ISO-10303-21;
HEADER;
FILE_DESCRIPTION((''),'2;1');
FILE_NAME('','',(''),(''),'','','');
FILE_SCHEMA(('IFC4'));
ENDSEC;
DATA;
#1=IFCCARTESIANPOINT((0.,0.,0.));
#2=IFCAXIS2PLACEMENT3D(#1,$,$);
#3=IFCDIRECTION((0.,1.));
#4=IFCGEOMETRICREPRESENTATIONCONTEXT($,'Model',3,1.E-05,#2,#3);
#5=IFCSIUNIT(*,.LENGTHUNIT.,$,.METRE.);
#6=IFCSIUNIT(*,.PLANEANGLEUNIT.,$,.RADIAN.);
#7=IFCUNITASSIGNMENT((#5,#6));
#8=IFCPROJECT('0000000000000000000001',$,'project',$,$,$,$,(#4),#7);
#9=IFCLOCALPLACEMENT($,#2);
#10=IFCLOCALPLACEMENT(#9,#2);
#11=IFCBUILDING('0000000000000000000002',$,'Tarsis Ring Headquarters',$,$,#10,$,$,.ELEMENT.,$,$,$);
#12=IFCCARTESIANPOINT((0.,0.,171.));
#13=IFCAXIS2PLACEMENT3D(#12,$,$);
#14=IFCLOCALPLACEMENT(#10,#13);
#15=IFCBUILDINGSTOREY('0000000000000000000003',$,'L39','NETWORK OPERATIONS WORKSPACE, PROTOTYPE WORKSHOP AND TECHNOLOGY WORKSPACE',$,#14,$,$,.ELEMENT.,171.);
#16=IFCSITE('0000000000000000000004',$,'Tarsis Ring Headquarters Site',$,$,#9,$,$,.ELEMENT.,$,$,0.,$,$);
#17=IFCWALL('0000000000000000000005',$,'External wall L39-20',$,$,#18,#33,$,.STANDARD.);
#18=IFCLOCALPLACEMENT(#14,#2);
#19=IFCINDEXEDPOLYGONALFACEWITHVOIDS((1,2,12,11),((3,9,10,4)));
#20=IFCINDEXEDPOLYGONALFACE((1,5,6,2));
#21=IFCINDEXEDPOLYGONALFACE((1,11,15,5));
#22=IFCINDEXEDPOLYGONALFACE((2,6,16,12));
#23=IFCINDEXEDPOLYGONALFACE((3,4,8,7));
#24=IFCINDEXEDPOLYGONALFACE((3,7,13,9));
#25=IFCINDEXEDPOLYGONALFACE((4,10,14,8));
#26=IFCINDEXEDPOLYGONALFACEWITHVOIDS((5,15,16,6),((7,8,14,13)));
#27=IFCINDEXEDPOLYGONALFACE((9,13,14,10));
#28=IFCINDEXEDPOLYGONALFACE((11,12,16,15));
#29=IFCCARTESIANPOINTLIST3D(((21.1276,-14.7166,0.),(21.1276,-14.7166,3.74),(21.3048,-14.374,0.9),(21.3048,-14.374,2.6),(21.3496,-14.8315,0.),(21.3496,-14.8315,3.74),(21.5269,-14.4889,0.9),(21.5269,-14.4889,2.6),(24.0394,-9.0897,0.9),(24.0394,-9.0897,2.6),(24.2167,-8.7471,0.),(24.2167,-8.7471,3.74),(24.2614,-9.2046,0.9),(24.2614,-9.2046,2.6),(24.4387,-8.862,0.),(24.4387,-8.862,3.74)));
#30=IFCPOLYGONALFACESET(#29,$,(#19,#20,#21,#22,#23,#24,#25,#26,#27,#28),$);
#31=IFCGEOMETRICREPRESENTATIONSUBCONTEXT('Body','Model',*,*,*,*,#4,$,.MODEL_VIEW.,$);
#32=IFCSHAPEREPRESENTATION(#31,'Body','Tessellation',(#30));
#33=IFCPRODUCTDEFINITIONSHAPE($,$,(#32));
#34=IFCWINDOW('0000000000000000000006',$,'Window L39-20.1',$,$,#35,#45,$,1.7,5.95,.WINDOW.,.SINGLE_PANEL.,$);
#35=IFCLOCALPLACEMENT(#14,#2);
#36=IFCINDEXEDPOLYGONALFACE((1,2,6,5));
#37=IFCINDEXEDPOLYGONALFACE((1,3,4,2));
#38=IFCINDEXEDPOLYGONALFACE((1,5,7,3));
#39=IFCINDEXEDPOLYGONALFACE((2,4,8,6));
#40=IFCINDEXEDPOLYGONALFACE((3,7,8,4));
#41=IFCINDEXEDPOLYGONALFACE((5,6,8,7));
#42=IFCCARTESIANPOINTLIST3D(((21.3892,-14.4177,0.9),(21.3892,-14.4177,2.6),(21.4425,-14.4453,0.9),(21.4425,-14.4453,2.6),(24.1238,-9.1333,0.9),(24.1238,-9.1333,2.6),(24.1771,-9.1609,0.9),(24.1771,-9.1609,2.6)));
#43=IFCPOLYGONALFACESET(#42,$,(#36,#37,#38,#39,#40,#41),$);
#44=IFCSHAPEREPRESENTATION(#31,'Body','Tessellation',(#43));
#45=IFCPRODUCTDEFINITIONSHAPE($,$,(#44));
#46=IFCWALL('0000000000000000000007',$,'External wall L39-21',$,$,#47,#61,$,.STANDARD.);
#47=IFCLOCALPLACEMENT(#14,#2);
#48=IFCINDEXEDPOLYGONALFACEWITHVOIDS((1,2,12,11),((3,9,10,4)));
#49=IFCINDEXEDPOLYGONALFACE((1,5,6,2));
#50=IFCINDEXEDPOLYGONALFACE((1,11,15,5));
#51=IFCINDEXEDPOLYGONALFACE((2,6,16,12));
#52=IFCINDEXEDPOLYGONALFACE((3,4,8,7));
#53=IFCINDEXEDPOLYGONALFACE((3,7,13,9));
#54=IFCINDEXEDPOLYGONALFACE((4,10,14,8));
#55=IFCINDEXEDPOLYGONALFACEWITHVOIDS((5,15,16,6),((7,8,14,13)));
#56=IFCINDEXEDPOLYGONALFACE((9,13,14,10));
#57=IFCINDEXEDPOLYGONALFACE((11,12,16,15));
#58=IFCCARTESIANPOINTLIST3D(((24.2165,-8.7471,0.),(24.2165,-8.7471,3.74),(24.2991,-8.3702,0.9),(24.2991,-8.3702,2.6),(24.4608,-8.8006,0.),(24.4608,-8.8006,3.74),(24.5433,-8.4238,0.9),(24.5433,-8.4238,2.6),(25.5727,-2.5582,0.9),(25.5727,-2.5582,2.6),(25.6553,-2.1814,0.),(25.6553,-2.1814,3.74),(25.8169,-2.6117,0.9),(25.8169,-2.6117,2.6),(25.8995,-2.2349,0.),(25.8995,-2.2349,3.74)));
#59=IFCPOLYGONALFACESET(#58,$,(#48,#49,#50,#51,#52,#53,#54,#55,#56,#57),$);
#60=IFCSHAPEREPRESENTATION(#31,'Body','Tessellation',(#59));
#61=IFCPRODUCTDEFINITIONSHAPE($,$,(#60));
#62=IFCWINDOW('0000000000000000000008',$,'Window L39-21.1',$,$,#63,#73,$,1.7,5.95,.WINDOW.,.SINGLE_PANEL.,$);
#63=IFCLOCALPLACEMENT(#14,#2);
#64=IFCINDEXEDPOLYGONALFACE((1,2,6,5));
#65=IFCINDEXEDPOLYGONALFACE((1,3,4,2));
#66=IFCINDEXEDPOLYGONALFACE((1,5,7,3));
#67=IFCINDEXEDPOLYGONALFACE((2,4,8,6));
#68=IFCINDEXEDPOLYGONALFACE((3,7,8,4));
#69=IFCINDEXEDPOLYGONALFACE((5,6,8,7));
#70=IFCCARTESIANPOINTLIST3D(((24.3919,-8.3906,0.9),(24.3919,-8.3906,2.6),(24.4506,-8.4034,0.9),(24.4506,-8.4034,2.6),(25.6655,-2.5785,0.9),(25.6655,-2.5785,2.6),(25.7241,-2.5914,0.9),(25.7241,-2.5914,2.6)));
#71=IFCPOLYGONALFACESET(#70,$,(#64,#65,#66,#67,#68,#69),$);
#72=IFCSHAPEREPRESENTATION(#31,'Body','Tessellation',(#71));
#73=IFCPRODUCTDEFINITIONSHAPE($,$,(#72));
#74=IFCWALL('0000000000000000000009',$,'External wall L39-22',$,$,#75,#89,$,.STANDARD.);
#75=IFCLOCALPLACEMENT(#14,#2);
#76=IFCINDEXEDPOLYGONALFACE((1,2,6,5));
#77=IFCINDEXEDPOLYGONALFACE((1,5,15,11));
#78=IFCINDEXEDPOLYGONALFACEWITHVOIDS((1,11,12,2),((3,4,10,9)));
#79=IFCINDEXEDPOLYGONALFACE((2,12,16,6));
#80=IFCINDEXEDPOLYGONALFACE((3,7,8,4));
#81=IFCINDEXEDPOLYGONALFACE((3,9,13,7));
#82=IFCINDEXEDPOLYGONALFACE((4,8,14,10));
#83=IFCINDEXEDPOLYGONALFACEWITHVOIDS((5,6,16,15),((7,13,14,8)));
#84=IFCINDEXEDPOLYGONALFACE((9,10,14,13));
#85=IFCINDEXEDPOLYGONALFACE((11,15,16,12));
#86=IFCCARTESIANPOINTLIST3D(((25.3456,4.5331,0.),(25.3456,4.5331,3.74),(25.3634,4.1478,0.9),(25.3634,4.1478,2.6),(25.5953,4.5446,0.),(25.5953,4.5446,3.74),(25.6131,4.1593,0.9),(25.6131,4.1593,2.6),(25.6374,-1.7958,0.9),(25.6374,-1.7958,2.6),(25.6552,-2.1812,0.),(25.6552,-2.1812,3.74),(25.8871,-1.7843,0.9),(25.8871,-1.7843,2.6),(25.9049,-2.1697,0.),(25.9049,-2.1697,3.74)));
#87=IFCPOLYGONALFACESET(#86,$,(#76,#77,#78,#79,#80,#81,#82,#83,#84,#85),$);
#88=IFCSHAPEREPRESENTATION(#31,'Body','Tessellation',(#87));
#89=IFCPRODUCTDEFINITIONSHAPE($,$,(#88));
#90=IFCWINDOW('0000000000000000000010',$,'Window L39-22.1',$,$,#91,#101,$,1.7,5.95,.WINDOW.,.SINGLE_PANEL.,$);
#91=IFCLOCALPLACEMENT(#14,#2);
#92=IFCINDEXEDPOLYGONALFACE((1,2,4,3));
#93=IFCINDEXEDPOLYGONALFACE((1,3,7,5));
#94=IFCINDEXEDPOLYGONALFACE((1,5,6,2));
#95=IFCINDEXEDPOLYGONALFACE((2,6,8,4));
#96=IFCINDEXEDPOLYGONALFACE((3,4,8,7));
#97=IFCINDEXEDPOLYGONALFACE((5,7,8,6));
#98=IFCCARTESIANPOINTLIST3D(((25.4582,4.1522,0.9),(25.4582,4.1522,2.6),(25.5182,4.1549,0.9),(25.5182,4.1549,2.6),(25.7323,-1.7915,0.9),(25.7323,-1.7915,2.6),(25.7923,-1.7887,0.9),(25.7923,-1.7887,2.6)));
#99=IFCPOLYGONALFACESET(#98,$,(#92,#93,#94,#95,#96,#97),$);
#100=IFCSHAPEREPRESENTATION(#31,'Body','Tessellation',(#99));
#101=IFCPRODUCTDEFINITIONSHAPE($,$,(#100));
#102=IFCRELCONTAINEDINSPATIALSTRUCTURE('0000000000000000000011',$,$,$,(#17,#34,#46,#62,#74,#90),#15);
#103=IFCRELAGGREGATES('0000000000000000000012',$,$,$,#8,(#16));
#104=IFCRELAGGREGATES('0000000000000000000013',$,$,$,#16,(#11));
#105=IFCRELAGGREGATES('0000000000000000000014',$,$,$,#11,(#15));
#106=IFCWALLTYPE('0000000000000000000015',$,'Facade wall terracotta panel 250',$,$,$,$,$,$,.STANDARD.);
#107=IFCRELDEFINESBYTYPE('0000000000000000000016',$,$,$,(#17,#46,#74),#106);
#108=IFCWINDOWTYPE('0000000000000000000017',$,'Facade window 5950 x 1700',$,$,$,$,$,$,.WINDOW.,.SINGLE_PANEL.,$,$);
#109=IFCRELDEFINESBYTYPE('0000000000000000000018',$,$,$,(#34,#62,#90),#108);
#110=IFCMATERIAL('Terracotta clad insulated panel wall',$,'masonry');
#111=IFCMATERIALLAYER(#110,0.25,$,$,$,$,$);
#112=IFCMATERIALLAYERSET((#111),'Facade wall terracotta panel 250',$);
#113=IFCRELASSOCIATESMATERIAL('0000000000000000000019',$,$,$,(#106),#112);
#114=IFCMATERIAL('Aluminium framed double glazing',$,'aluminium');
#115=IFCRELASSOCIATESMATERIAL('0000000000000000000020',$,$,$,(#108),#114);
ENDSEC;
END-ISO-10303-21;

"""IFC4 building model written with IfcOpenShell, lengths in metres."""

from ifc_helpers import new_model, si_unit, direction, frame, frame_2d, origin, place, context, subcontext, project, spatial, rectangle, extrude, material, layer, layer_set, type_object, element, fill, save


model = new_model("IFC4")

# Units and contexts
model_context = context("Model", 3, precision=1e-05, world=origin(), true_north=direction((0.0, 1.0)))
body_context = subcontext(model_context, "Body", "Model", "MODEL_VIEW")
ifc_project = project(units=[si_unit("LENGTHUNIT", "METRE"), si_unit("PLANEANGLEUNIT", "RADIAN")], contexts=[model_context])

# Site, building, storey
site_placement = place(None, origin())
site = spatial("IfcSite", under=ifc_project, at=site_placement, Name="Tarsis Ring Headquarters Site", CompositionType="ELEMENT", RefElevation=0.0)
building_placement = place(site_placement, origin())
building = spatial("IfcBuilding", under=site, at=building_placement, Name="Tarsis Ring Headquarters", CompositionType="ELEMENT")
storey_placement = place(building_placement, frame((0.0, 0.0, 171.0)))
storey = spatial("IfcBuildingStorey", under=building, at=storey_placement, Name="L39", Description="NETWORK OPERATIONS WORKSPACE, PROTOTYPE WORKSHOP AND TECHNOLOGY WORKSPACE", CompositionType="ELEMENT", Elevation=171.0)

# Walls, openings, windows
ifc_material_1 = material(Name="Terracotta clad insulated panel wall", Category="masonry")
ifc_layer = layer(ifc_material_1, 0.25)
ifc_layer_set = layer_set([ifc_layer], Name="Facade wall terracotta panel 250")
wall_type = type_object("IfcWallType", Name="Facade wall terracotta panel 250", PredefinedType="STANDARD", material=ifc_layer_set)
ifc_material_2 = material(Name="Aluminium framed double glazing", Category="aluminium")
window_type = type_object("IfcWindowType", Name="Facade window 5950 x 1700", PartitioningType="SINGLE_PANEL", PredefinedType="WINDOW", material=ifc_material_2)
wall_1_placement = place(storey_placement, frame((21.2385, -14.7742, 0.0), z_axis=(0.0, 0.0, 1.0), x_axis=(0.459593, 0.88813, 0.0)))
wall_1 = element("IfcWall", 1, at=wall_1_placement, inside=storey, type_object=wall_type, Name="External wall L39-20", PredefinedType="STANDARD", context=body_context, shape_type="SweptSolid", body=[
    extrude(rectangle(XDim=6.7214, YDim=0.25, at=frame_2d((3.3608, 0.0))), origin(), (0.0, 0.0, 1.0), 3.74),
])
opening_1_placement = place(wall_1_placement, frame((0.3857, 0.0, 0.8999)))
opening_1 = element("IfcOpeningElement", 2, at=opening_1_placement, cuts=wall_1, PredefinedType="OPENING", context=body_context, shape_type="SweptSolid", body=[
    extrude(rectangle(XDim=5.95, YDim=1.7, at=frame_2d((2.9751, 0.8501))), frame((0.0, 0.135, 0.0), z_axis=(0.0, -1.0, 0.0), x_axis=(1.0, 0.0, 0.0)), (0.0, 0.0, 1.0), 0.27),
])
window_1_placement = place(opening_1_placement, origin())
window_1 = element("IfcWindow", 3, at=window_1_placement, inside=storey, type_object=window_type, Name="Window L39-20.1", OverallHeight=1.7, OverallWidth=5.95, PartitioningType="SINGLE_PANEL", PredefinedType="WINDOW", context=body_context, shape_type="SweptSolid", body=[
    extrude(rectangle(XDim=5.95, YDim=1.7, at=frame_2d((2.9751, 0.8501))), frame((0.0, 0.03, 0.0), z_axis=(0.0, -1.0, 0.0), x_axis=(1.0, 0.0, 0.0)), (0.0, 0.0, 1.0), 0.0601),
])
fill(opening_1, window_1)
wall_2_placement = place(storey_placement, frame((24.3386, -8.7739, 0.0), z_axis=(0.0, 0.0, 1.0), x_axis=(0.214049, 0.976823, 0.0)))
wall_2 = element("IfcWall", 4, at=wall_2_placement, inside=storey, type_object=wall_type, Name="External wall L39-21", PredefinedType="STANDARD", context=body_context, shape_type="SweptSolid", body=[
    extrude(rectangle(XDim=6.7214, YDim=0.25, at=frame_2d((3.3608, 0.0))), origin(), (0.0, 0.0, 1.0), 3.74),
])
opening_2_placement = place(wall_2_placement, frame((0.3857, 0.0, 0.8999)))
opening_2 = element("IfcOpeningElement", 5, at=opening_2_placement, cuts=wall_2, PredefinedType="OPENING", context=body_context, shape_type="SweptSolid", body=[
    extrude(rectangle(XDim=5.95, YDim=1.7, at=frame_2d((2.9751, 0.8501))), frame((0.0, 0.135, 0.0), z_axis=(0.0, -1.0, 0.0), x_axis=(1.0, 0.0, 0.0)), (0.0, 0.0, 1.0), 0.27),
])
window_2_placement = place(opening_2_placement, origin())
window_2 = element("IfcWindow", 6, at=window_2_placement, inside=storey, type_object=window_type, Name="Window L39-21.1", OverallHeight=1.7, OverallWidth=5.95, PartitioningType="SINGLE_PANEL", PredefinedType="WINDOW", context=body_context, shape_type="SweptSolid", body=[
    extrude(rectangle(XDim=5.95, YDim=1.7, at=frame_2d((2.9751, 0.8501))), frame((0.0, 0.03, 0.0), z_axis=(0.0, -1.0, 0.0), x_axis=(1.0, 0.0, 0.0)), (0.0, 0.0, 1.0), 0.0601),
])
fill(opening_2, window_2)
wall_3_placement = place(storey_placement, frame((25.78, -2.1755, 0.0), z_axis=(0.0, 0.0, 1.0), x_axis=(-0.046057, 0.998939, 0.0)))
wall_3 = element("IfcWall", 7, at=wall_3_placement, inside=storey, type_object=wall_type, Name="External wall L39-22", PredefinedType="STANDARD", context=body_context, shape_type="SweptSolid", body=[
    extrude(rectangle(XDim=6.7214, YDim=0.25, at=frame_2d((3.3608, 0.0))), origin(), (0.0, 0.0, 1.0), 3.74),
])
opening_3_placement = place(wall_3_placement, frame((0.3857, 0.0, 0.8999)))
opening_3 = element("IfcOpeningElement", 8, at=opening_3_placement, cuts=wall_3, PredefinedType="OPENING", context=body_context, shape_type="SweptSolid", body=[
    extrude(rectangle(XDim=5.95, YDim=1.7, at=frame_2d((2.9751, 0.8501))), frame((0.0, 0.135, 0.0), z_axis=(0.0, -1.0, 0.0), x_axis=(1.0, 0.0, 0.0)), (0.0, 0.0, 1.0), 0.27),
])
window_3_placement = place(opening_3_placement, origin())
window_3 = element("IfcWindow", 9, at=window_3_placement, inside=storey, type_object=window_type, Name="Window L39-22.1", OverallHeight=1.7, OverallWidth=5.95, PartitioningType="SINGLE_PANEL", PredefinedType="WINDOW", context=body_context, shape_type="SweptSolid", body=[
    extrude(rectangle(XDim=5.95, YDim=1.7, at=frame_2d((2.9751, 0.8501))), frame((0.0, 0.03, 0.0), z_axis=(0.0, -1.0, 0.0), x_axis=(1.0, 0.0, 0.0)), (0.0, 0.0, 1.0), 0.0601),
])
fill(opening_3, window_3)

save(model, "model.ifc")
